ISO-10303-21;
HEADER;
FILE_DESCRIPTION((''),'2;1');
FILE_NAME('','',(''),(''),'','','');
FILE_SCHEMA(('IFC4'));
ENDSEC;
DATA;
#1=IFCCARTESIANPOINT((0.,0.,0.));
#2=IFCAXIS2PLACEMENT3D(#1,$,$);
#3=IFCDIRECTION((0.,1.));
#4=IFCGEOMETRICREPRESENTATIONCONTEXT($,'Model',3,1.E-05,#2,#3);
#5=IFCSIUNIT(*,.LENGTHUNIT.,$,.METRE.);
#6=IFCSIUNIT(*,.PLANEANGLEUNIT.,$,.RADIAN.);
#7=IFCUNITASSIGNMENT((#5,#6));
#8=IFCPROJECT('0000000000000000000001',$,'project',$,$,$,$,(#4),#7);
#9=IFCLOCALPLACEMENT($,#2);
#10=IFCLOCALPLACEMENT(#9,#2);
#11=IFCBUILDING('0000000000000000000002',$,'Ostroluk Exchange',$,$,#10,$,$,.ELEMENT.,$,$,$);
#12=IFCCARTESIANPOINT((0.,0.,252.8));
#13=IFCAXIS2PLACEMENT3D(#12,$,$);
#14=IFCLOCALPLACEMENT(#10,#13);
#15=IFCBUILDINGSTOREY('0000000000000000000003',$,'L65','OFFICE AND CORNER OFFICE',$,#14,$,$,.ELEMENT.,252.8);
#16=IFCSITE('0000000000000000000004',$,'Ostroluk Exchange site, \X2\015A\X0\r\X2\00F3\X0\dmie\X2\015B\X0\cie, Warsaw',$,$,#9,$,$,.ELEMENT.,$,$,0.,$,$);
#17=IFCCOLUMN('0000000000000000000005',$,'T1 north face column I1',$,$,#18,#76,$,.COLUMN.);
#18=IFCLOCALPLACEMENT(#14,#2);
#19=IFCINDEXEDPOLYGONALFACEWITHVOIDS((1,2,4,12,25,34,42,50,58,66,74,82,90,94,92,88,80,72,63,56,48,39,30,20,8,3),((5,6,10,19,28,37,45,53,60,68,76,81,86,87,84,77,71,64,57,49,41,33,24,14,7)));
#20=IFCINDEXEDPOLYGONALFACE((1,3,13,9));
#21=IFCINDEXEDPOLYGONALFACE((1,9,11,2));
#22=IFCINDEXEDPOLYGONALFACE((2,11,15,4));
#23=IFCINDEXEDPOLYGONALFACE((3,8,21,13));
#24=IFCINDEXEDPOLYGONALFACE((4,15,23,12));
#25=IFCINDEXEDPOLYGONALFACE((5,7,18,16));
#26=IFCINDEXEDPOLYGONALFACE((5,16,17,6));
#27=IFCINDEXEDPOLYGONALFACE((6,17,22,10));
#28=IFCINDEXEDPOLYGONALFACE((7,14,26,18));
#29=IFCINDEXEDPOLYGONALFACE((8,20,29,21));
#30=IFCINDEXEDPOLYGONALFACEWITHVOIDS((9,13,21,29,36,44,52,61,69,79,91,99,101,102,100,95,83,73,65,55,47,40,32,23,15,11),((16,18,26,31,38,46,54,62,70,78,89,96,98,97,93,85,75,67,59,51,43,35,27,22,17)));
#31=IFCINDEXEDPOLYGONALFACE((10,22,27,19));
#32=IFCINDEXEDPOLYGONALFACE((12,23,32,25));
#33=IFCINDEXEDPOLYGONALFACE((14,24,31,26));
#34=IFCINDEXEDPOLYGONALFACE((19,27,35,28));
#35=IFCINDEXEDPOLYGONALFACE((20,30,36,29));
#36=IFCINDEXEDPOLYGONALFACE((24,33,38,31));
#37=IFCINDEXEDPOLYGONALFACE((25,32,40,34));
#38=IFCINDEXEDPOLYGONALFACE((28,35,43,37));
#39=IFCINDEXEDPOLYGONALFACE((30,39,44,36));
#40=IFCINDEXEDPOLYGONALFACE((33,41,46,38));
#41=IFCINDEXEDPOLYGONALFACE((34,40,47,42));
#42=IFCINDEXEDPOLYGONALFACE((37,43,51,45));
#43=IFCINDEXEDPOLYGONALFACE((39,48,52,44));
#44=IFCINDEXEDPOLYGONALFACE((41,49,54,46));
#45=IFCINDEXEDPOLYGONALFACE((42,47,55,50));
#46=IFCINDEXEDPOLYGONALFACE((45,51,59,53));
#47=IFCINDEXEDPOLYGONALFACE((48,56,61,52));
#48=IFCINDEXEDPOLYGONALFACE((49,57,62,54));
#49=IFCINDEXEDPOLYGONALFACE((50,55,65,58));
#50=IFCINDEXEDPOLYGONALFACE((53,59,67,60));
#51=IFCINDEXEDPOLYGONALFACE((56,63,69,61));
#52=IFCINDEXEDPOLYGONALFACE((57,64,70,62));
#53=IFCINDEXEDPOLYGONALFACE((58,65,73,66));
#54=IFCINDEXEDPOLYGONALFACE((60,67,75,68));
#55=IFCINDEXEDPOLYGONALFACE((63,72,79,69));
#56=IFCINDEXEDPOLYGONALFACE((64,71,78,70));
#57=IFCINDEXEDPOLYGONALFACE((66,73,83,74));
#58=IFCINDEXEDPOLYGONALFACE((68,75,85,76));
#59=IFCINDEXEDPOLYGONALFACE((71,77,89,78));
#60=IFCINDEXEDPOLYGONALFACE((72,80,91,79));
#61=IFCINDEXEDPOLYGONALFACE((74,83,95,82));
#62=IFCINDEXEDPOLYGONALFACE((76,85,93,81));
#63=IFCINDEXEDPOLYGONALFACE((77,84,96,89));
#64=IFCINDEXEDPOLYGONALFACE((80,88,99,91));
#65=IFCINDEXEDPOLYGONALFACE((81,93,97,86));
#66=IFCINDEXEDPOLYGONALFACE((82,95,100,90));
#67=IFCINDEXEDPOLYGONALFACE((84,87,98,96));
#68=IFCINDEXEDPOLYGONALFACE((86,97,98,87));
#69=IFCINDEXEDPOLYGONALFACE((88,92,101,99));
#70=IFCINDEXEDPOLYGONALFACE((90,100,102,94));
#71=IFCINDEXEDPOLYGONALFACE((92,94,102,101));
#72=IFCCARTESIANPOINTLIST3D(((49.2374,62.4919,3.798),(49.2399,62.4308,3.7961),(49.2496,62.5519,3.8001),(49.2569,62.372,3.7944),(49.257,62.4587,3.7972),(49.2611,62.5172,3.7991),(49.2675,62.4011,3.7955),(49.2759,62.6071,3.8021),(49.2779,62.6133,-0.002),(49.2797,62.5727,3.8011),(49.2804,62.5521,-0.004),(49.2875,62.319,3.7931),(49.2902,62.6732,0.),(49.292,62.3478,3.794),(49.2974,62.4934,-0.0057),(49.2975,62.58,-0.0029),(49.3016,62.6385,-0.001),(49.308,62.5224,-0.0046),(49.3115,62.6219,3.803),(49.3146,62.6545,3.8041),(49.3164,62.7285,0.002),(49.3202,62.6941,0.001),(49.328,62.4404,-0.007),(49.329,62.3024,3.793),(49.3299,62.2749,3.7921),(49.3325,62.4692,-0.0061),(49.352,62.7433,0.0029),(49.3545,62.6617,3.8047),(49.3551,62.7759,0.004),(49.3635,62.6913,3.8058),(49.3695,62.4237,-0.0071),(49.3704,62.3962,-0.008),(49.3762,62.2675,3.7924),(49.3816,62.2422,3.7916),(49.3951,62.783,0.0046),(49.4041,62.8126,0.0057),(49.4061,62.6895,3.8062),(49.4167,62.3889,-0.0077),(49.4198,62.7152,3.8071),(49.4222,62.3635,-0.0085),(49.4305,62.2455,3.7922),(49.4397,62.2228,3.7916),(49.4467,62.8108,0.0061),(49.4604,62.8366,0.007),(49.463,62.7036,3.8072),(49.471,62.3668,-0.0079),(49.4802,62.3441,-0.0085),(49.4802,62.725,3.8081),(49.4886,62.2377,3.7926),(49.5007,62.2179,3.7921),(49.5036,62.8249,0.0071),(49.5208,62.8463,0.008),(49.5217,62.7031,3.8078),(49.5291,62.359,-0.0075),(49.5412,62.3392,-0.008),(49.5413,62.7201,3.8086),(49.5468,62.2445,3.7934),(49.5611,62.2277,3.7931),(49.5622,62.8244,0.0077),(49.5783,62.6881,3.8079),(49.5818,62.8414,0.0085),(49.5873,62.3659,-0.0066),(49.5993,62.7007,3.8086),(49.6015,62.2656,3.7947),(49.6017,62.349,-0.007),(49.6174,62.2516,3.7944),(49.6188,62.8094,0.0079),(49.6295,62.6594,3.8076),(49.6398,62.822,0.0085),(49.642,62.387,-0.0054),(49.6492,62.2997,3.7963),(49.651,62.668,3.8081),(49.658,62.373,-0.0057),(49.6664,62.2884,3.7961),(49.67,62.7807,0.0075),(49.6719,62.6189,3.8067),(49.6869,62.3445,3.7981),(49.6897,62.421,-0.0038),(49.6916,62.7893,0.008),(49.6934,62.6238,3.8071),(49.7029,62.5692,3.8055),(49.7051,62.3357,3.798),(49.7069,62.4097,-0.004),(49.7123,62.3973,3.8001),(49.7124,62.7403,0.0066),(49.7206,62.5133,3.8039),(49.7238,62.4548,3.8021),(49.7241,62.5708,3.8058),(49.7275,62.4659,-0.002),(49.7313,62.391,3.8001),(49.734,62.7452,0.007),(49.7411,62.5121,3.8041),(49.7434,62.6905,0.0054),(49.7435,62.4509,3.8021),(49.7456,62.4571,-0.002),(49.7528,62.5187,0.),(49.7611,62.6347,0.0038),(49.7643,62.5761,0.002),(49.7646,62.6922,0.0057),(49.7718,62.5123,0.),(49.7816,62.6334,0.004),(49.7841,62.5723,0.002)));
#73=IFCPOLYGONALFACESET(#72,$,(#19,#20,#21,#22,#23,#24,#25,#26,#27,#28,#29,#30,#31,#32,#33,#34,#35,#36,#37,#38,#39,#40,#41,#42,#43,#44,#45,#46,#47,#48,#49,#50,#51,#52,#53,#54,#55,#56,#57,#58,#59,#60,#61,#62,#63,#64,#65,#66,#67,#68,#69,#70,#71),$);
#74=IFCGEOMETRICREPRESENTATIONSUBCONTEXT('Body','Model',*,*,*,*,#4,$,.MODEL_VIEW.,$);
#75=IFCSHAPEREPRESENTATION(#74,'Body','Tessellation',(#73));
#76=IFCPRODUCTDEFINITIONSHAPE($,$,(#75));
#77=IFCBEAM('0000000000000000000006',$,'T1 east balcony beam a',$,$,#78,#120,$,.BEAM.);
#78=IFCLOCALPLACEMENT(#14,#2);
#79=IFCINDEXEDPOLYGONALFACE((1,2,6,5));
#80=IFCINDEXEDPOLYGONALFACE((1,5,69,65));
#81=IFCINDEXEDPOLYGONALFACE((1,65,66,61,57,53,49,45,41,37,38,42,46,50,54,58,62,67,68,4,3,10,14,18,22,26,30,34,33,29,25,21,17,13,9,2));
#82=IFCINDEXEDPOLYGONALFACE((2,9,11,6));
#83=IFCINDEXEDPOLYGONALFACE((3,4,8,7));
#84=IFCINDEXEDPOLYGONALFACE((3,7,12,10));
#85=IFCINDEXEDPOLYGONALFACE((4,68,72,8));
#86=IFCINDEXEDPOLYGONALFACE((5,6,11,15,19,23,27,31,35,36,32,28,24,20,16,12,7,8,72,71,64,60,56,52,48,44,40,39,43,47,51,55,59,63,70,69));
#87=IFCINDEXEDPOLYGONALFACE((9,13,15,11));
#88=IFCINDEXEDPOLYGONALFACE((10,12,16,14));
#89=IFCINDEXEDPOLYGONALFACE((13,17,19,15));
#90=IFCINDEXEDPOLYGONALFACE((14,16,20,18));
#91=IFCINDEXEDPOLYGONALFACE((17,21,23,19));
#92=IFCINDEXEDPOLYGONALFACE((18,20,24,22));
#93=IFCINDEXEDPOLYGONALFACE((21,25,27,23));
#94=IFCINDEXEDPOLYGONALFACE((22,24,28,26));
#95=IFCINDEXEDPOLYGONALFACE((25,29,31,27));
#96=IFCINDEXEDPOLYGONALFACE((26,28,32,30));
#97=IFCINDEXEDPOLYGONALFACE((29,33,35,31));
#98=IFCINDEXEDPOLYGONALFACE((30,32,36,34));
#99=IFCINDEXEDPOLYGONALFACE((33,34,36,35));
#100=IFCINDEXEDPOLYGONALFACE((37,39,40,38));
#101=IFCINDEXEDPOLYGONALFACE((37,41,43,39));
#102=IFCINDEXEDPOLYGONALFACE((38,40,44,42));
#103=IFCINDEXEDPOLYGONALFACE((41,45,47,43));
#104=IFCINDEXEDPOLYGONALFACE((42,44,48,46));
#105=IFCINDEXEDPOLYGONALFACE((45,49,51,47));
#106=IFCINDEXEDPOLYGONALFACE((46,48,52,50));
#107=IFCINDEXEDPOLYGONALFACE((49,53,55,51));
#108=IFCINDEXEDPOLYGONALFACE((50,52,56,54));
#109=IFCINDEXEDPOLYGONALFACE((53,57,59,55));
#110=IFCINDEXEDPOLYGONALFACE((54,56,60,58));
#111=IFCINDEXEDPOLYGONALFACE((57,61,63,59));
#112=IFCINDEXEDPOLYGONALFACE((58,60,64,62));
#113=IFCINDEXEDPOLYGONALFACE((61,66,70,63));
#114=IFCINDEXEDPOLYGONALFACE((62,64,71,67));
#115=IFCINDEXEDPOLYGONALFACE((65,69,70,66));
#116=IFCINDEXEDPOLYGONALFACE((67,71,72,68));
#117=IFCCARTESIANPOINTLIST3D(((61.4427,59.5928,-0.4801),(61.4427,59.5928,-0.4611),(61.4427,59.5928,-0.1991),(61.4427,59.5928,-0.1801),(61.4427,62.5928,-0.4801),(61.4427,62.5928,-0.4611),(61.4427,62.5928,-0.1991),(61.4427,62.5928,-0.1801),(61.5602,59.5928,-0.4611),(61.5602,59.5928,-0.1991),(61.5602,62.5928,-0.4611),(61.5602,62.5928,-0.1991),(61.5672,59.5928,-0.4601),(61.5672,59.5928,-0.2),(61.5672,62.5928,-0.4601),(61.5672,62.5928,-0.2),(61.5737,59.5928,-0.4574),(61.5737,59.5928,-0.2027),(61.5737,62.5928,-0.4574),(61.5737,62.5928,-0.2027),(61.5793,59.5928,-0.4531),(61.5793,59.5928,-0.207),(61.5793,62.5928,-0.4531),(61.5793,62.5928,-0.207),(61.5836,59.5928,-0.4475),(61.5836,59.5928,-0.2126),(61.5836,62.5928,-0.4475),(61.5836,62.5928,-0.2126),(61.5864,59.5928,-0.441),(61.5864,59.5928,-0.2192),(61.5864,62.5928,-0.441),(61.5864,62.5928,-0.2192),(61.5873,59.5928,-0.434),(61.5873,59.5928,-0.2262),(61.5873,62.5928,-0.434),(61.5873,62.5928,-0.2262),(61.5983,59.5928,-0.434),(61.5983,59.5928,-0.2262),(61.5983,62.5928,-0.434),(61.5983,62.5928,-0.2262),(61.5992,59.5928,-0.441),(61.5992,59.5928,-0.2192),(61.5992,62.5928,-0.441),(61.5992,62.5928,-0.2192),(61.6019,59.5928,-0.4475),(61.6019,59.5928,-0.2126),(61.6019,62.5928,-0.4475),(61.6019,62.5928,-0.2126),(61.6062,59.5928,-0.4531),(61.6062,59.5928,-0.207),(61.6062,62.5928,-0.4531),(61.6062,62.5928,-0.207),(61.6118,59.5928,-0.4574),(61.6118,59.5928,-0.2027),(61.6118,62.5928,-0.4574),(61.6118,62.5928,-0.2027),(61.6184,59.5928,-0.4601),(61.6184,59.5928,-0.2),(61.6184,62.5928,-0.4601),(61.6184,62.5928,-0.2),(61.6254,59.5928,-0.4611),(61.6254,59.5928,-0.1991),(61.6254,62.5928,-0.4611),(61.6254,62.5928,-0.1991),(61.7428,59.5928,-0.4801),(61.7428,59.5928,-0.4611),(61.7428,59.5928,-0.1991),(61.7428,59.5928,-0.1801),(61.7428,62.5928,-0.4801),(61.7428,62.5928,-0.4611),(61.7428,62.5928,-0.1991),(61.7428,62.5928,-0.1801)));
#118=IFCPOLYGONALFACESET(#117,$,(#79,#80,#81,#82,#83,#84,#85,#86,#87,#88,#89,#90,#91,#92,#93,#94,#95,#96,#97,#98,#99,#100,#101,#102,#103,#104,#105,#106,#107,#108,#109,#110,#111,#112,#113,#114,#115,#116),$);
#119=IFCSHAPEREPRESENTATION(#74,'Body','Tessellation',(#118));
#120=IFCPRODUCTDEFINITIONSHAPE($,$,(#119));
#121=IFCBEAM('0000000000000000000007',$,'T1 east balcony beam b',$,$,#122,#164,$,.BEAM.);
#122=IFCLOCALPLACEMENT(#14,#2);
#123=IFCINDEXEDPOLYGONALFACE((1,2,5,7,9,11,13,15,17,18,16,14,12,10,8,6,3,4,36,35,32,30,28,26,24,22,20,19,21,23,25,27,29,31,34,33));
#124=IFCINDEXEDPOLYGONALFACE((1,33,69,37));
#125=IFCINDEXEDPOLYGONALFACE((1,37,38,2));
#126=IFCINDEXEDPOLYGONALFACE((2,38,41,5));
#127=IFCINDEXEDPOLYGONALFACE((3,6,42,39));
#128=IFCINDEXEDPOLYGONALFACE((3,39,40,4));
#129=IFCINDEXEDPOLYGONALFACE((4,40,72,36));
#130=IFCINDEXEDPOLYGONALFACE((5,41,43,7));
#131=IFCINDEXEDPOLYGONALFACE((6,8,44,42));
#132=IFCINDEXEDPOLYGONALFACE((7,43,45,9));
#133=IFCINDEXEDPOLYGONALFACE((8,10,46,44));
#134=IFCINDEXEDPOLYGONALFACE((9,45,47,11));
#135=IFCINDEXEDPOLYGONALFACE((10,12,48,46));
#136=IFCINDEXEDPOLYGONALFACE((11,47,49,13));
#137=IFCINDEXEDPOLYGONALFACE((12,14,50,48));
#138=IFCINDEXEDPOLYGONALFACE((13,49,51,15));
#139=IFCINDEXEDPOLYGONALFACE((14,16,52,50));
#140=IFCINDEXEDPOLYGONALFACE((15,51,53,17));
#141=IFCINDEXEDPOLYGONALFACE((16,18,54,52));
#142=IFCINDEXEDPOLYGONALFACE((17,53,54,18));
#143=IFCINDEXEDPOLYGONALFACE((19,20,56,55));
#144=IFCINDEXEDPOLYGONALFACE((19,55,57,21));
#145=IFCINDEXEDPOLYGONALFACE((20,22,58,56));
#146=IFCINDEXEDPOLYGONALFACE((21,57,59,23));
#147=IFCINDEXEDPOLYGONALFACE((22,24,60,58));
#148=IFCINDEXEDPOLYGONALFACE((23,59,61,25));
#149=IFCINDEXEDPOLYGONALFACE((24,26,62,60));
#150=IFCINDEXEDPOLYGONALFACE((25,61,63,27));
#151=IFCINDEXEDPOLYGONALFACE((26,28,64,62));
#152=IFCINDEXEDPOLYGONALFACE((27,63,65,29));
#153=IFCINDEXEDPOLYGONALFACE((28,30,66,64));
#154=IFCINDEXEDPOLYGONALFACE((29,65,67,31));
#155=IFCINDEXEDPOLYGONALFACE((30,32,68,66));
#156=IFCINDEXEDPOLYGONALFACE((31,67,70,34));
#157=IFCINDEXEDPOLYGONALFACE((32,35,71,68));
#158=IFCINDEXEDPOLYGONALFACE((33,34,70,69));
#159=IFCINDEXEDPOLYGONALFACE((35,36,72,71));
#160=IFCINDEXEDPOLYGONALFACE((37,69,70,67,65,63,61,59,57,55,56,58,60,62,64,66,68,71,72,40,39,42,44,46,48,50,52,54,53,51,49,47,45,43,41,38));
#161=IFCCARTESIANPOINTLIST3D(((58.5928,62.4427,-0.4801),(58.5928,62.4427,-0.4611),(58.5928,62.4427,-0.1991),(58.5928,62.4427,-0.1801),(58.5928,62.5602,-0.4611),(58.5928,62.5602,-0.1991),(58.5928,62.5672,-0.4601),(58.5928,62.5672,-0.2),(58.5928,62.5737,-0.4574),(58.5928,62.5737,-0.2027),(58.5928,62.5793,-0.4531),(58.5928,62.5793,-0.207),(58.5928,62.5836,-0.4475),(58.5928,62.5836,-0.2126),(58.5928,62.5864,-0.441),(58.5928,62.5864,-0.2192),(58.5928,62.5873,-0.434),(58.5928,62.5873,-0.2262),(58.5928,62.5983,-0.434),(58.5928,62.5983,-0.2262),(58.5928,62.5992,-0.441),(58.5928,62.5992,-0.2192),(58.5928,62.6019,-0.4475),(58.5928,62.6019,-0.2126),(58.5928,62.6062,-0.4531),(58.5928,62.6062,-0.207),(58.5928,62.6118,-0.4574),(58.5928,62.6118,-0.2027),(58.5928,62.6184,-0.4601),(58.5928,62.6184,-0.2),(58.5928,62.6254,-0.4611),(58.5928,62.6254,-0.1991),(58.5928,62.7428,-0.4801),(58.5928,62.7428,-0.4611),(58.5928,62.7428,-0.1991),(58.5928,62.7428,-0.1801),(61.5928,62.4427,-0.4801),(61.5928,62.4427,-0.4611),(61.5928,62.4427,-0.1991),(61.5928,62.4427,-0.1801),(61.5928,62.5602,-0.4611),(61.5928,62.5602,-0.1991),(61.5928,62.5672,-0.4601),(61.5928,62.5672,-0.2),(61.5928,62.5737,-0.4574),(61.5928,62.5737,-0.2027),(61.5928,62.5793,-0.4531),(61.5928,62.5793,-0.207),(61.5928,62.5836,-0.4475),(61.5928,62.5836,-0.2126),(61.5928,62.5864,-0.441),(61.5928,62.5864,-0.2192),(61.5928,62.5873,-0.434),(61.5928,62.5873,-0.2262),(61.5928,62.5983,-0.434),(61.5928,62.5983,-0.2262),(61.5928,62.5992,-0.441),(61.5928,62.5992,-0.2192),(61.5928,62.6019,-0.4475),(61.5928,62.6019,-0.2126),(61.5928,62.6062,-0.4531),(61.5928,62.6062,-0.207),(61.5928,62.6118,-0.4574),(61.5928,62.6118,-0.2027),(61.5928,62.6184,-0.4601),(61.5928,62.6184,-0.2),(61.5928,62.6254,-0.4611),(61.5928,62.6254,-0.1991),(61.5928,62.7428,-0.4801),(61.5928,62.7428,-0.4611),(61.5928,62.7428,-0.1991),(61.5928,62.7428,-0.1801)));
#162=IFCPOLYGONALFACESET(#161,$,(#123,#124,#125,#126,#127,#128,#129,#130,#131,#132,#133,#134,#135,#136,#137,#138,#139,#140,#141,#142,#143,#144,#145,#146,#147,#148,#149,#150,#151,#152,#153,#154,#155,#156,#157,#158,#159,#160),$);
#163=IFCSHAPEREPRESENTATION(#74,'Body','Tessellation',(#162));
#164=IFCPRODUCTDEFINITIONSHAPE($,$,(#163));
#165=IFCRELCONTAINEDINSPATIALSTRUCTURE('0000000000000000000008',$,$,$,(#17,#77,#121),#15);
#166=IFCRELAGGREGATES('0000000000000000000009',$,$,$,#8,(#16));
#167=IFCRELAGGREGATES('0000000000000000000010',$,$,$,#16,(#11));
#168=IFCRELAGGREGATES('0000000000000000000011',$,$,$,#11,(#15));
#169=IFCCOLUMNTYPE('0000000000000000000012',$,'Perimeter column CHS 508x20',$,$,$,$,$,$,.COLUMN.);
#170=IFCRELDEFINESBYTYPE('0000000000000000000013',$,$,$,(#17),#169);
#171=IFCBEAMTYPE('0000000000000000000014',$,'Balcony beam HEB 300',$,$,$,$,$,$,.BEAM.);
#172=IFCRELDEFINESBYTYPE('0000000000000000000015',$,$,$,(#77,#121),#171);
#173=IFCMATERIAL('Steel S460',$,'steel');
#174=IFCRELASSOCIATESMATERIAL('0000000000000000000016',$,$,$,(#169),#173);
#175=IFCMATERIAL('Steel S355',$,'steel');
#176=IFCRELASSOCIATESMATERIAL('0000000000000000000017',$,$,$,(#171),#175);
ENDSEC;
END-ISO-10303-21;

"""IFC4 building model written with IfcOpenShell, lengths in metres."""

from ifc_helpers import new_model, si_unit, direction, frame, origin, origin_2d, place, context, subcontext, project, spatial, hollow_circle, i_section, extrude, material, material_profile, profile_set, type_object, element, save


model = new_model("IFC4")

# Units and contexts
model_context = context("Model", 3, precision=1e-05, world=origin(), true_north=direction((0.0, 1.0)))
body_context = subcontext(model_context, "Body", "Model", "MODEL_VIEW")
ifc_project = project(units=[si_unit("LENGTHUNIT", "METRE"), si_unit("PLANEANGLEUNIT", "RADIAN")], contexts=[model_context])

# Site, building, storey
site_placement = place(None, origin())
site = spatial("IfcSite", under=ifc_project, at=site_placement, Name="Ostroluk Exchange site, Śródmieście, Warsaw", CompositionType="ELEMENT", RefElevation=0.0)
building_placement = place(site_placement, origin())
building = spatial("IfcBuilding", under=site, at=building_placement, Name="Ostroluk Exchange", CompositionType="ELEMENT")
storey_placement = place(building_placement, frame((0.0, 0.0, 252.8)))
storey = spatial("IfcBuildingStorey", under=building, at=storey_placement, Name="L65", Description="OFFICE AND CORNER OFFICE", CompositionType="ELEMENT", Elevation=252.8)

# Column
ifc_material_1 = material(Name="Steel S460", Category="steel")
ifc_material_profile_1 = material_profile(ifc_material_1, hollow_circle(Radius=0.2539, WallThickness=0.02, at=origin_2d()), Name="CHS 508x20")
ifc_profile_set_1 = profile_set([ifc_material_profile_1], Name="Steel S460")
column_type_1 = type_object("IfcColumnType", Name="Perimeter column CHS 508x20", PredefinedType="COLUMN", material=ifc_profile_set_1)
column_1_placement = place(storey_placement, frame((49.531, 62.5928, 0.0), z_axis=(-0.010659, -0.031913, 0.999434), x_axis=(0.948492, -0.3168, 0.0)))
element("IfcColumn", 1, at=column_1_placement, inside=storey, type_object=column_type_1, Name="T1 north face column I1", PredefinedType="COLUMN", context=body_context, shape_type="SweptSolid", body=[
    extrude(hollow_circle(Radius=0.2539, WallThickness=0.02, at=origin_2d()), origin(), (0.0, 0.0, 1.0), 3.8022),
])

# Beams
ifc_material_2 = material(Name="Steel S355", Category="steel")
ifc_material_profile_2 = material_profile(ifc_material_2, i_section(OverallWidth=0.3, OverallDepth=0.3, WebThickness=0.011, FlangeThickness=0.019, FilletRadius=0.0271, at=origin_2d()), Name="HEB 300")
ifc_profile_set_2 = profile_set([ifc_material_profile_2], Name="Steel S355")
beam_type_1 = type_object("IfcBeamType", Name="Balcony beam HEB 300", PredefinedType="BEAM", material=ifc_profile_set_2)
for number, where, z_axis, x_axis, name in (
    (2, (61.5928, 59.5928, -0.3301), (0.0, 1.0, 0.0), (-1.0, 0.0, 0.0), "T1 east balcony beam a"),
    (3, (58.5928, 62.5928, -0.3301), (1.0, 0.0, 0.0), (0.0, 1.0, 0.0), "T1 east balcony beam b"),
):
    element("IfcBeam", number, at=place(storey_placement, frame(where, z_axis=z_axis, x_axis=x_axis)), inside=storey, type_object=beam_type_1, Name=name, PredefinedType="BEAM", context=body_context, shape_type="SweptSolid", body=[
        extrude(i_section(OverallWidth=0.3, OverallDepth=0.3, WebThickness=0.011, FlangeThickness=0.019, FilletRadius=0.0271, at=origin_2d()), origin(), (0.0, 0.0, 1.0), 3.0),
    ])

save(model, "model.ifc")
